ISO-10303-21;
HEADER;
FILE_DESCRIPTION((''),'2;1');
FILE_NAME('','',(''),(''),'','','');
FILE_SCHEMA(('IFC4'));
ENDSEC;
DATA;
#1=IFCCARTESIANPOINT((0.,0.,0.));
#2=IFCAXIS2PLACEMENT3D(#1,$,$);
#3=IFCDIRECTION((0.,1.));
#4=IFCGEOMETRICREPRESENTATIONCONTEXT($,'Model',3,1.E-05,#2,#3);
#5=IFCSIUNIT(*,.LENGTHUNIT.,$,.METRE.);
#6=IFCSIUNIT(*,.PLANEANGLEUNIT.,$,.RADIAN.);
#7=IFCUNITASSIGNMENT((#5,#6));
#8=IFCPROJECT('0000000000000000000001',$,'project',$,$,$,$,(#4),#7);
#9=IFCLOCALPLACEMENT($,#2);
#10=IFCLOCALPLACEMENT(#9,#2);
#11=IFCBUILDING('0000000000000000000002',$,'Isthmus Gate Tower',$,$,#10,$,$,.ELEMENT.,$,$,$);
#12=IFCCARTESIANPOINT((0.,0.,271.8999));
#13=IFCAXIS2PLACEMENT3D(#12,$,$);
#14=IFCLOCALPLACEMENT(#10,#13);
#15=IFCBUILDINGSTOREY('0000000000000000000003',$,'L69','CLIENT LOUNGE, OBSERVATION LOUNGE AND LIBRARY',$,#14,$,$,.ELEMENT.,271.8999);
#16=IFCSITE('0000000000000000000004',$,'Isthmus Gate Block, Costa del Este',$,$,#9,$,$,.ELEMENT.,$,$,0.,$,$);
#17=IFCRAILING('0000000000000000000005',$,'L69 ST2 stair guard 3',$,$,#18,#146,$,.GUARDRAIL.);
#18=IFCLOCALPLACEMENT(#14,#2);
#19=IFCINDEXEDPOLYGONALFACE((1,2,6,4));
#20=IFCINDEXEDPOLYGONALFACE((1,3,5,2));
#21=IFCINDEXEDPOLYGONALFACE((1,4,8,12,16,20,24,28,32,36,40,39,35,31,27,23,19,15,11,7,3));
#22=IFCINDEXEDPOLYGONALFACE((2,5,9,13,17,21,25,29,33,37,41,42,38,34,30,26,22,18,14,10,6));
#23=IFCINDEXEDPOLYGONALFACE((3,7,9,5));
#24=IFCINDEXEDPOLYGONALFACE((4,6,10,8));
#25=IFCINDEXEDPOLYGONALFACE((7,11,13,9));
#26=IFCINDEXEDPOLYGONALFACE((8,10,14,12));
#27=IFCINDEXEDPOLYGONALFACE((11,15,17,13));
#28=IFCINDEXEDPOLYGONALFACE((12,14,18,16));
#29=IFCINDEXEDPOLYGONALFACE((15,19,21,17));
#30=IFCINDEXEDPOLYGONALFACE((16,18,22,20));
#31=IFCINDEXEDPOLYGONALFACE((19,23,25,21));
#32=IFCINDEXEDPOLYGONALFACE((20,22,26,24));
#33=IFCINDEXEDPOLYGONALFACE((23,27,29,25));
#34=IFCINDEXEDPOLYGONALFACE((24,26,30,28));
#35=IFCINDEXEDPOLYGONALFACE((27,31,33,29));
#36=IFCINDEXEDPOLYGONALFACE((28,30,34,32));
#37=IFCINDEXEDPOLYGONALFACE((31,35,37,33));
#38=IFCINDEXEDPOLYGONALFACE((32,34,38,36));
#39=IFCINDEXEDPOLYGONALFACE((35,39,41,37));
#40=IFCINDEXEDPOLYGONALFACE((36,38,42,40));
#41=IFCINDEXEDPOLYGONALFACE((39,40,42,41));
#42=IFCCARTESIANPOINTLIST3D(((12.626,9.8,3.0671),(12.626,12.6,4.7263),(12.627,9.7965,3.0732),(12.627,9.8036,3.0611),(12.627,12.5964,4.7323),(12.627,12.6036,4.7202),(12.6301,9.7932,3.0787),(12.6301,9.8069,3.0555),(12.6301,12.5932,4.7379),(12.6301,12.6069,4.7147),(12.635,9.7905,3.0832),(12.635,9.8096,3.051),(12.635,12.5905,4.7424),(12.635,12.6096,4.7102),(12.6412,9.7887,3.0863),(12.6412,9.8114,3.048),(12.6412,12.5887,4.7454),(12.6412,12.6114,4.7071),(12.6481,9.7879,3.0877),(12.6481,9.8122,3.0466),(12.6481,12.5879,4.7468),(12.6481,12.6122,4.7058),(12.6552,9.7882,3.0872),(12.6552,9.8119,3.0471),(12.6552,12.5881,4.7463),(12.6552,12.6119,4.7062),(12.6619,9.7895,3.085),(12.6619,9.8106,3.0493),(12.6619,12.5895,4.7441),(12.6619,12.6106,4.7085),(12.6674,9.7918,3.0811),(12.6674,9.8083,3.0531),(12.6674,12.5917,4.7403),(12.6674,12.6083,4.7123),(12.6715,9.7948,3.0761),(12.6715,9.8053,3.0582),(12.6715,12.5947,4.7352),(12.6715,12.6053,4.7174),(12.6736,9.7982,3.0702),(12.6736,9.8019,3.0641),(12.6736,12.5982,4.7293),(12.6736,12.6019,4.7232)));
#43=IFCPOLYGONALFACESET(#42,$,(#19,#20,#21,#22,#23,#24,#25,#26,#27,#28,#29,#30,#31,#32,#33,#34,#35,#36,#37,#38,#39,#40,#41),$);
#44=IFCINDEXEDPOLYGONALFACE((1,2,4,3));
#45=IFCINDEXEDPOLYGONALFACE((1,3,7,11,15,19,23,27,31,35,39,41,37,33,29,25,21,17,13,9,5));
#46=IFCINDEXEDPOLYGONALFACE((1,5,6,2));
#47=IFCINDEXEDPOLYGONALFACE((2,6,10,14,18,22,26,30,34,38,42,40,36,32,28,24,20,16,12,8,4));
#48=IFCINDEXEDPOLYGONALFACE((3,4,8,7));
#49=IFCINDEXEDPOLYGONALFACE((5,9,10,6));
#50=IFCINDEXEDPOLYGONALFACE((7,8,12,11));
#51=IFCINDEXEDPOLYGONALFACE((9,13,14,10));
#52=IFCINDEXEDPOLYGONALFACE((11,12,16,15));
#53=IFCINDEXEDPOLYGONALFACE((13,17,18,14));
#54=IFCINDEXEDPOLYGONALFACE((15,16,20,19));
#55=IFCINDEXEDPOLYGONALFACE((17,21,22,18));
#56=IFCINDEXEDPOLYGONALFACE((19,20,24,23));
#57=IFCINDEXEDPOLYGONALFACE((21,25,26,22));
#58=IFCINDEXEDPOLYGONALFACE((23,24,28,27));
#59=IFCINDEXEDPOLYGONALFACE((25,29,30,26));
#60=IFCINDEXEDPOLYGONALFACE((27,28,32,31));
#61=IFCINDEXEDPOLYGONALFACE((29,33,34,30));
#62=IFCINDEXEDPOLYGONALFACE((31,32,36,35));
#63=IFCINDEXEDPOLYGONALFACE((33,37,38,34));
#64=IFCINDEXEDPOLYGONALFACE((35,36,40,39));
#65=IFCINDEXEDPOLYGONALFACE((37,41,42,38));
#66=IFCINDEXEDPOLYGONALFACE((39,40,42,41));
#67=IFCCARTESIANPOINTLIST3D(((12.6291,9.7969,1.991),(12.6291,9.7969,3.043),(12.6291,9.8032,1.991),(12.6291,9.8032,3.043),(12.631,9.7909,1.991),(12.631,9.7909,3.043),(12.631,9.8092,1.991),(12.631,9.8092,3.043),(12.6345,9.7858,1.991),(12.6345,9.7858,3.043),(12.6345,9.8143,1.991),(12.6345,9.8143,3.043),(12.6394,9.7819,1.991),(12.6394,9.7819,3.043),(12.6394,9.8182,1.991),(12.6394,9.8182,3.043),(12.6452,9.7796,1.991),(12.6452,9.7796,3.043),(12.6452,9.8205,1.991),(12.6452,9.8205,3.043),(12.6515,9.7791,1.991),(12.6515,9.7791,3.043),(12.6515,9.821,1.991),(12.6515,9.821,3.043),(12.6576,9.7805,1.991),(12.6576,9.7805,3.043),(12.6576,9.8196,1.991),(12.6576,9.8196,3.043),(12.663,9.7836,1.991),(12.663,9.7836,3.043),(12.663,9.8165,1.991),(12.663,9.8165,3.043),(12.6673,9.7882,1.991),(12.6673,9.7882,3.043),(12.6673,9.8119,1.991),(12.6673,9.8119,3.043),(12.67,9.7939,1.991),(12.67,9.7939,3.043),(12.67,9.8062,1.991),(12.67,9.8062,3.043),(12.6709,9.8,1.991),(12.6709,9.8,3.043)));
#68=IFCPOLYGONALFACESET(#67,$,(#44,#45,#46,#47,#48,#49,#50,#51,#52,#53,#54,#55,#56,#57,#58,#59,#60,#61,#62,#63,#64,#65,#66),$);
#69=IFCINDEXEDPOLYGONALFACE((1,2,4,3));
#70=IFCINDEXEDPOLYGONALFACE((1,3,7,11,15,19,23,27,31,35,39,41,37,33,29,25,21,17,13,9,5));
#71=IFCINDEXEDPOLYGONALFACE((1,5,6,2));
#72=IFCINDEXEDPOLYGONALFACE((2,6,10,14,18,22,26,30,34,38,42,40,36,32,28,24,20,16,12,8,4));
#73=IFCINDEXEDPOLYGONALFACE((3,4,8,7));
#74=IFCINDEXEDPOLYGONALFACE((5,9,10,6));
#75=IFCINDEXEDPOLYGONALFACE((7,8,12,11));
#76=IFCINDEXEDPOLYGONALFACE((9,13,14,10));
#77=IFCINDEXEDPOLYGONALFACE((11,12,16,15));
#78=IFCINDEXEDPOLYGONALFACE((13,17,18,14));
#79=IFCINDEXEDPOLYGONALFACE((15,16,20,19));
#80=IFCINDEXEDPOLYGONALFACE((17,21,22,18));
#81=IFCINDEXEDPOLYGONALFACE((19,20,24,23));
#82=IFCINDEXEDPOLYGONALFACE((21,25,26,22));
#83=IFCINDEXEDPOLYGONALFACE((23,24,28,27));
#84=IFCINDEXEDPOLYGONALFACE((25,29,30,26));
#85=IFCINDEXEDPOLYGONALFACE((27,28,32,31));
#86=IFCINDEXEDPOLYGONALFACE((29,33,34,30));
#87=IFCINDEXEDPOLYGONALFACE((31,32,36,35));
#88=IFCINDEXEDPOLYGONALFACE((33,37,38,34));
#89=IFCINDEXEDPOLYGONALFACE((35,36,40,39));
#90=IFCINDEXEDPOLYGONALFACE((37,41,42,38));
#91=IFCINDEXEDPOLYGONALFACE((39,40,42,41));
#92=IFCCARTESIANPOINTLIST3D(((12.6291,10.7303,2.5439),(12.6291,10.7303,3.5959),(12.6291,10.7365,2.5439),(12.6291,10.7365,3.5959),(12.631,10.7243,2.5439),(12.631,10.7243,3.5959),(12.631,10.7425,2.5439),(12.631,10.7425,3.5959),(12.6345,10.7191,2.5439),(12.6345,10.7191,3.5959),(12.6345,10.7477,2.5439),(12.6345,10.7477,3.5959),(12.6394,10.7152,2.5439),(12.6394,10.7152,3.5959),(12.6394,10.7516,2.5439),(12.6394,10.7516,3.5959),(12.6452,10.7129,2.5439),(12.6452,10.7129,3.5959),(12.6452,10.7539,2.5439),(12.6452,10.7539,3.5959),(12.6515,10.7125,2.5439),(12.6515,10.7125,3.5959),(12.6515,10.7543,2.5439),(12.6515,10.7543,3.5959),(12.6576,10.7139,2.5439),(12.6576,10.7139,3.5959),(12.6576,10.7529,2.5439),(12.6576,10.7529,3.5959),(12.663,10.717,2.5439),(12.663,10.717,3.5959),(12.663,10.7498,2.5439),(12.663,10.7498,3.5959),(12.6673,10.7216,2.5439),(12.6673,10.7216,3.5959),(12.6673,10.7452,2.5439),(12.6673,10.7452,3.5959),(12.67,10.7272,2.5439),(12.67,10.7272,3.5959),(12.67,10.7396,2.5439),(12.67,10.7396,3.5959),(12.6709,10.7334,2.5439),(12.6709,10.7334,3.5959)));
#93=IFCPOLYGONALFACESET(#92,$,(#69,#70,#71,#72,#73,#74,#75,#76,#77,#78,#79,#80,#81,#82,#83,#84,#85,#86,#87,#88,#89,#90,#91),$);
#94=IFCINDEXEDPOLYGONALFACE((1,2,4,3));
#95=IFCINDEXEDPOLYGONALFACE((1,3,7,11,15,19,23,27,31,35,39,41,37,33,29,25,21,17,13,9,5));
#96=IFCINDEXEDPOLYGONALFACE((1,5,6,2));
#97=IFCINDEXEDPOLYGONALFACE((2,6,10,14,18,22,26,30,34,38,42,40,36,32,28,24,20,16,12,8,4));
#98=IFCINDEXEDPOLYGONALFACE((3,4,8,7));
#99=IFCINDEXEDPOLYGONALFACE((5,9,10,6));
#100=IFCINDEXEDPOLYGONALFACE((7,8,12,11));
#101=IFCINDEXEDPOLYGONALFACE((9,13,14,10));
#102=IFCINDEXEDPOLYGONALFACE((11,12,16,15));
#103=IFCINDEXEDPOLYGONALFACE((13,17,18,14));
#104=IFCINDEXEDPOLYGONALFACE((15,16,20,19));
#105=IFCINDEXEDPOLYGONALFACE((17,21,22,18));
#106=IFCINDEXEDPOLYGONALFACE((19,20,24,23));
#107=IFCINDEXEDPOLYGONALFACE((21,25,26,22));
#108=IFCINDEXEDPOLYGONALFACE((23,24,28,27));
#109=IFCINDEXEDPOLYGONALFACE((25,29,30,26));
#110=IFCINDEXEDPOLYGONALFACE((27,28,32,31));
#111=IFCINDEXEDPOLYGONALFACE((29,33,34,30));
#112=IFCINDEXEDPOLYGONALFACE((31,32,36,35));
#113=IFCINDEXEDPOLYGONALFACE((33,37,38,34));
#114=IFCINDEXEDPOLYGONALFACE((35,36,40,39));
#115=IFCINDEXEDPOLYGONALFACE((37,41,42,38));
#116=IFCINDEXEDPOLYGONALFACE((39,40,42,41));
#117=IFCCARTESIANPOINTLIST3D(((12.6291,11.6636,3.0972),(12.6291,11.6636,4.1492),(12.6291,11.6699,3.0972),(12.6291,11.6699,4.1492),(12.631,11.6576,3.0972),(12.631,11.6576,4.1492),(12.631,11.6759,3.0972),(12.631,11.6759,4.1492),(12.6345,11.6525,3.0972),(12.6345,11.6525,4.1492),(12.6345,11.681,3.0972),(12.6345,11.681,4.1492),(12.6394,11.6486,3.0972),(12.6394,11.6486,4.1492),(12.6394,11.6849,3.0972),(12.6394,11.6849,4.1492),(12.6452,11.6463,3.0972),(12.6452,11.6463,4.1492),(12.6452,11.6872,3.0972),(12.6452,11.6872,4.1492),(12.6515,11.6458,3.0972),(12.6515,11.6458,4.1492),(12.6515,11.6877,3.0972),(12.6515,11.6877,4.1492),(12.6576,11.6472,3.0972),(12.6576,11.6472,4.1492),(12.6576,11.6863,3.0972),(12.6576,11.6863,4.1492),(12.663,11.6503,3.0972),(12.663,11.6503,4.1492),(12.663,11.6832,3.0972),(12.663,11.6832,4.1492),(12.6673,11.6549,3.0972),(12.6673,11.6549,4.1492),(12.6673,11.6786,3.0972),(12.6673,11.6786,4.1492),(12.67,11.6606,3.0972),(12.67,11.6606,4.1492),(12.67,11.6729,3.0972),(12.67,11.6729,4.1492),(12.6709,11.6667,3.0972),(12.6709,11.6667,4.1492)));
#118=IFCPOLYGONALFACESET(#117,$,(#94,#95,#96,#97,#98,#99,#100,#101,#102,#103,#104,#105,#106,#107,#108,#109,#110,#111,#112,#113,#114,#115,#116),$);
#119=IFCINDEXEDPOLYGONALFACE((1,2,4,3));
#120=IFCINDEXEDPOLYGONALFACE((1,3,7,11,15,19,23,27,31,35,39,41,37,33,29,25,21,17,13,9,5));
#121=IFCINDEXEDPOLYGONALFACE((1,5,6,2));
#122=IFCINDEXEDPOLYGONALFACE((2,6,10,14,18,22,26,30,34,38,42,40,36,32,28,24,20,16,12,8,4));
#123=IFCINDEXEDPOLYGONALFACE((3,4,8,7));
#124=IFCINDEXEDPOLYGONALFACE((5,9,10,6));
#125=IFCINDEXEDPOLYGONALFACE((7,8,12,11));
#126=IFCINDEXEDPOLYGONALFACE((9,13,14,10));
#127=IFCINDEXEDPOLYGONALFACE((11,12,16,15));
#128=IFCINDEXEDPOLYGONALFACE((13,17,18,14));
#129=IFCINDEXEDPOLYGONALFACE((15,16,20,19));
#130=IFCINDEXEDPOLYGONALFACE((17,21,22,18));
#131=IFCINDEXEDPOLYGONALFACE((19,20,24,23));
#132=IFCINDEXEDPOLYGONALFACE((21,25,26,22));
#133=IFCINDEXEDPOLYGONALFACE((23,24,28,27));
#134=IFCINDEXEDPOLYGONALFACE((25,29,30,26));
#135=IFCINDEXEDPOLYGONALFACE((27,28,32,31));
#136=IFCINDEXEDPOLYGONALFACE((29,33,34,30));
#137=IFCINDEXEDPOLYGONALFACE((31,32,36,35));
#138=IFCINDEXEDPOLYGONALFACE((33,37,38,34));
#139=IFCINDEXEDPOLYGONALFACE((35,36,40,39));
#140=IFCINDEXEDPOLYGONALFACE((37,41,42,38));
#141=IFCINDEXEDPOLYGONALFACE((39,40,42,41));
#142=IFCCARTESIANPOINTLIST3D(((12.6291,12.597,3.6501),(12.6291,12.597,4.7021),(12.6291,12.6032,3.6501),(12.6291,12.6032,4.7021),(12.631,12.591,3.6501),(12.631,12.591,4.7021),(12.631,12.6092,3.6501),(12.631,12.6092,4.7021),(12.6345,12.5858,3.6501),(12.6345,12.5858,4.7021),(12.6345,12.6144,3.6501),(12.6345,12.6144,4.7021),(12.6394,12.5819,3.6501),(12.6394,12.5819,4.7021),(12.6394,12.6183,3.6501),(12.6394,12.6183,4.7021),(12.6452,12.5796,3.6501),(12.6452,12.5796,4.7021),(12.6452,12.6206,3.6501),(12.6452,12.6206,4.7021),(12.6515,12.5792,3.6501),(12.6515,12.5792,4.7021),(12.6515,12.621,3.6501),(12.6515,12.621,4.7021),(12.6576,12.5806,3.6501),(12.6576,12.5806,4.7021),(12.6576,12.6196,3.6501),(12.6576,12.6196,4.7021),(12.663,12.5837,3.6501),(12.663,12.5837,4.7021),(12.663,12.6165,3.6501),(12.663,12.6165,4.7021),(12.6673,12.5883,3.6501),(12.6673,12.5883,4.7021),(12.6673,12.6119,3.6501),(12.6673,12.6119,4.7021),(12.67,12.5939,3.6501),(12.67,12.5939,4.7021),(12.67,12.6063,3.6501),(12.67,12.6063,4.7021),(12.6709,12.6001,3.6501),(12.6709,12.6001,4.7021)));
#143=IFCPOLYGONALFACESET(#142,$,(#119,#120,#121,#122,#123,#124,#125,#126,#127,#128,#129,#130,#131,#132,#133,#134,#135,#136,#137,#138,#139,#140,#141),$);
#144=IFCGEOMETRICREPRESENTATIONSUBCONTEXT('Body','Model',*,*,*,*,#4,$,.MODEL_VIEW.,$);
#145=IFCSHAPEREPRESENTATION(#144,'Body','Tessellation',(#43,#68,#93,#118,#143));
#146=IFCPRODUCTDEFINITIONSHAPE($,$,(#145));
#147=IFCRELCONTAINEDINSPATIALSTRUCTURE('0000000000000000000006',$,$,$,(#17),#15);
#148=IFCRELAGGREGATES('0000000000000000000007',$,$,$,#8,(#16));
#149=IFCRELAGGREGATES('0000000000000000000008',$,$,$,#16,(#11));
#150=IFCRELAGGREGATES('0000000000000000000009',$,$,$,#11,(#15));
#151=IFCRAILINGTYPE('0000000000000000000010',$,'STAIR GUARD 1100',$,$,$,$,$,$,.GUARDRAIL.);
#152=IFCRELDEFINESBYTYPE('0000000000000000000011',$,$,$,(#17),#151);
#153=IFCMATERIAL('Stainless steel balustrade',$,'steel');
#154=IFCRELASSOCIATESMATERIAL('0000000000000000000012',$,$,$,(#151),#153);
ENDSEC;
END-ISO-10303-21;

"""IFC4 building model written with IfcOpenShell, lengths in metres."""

from ifc_helpers import new_model, si_unit, direction, frame, origin, origin_2d, place, context, subcontext, project, spatial, circle, extrude, material, type_object, element, save


model = new_model("IFC4")

# Units and contexts
model_context = context("Model", 3, precision=1e-05, world=origin(), true_north=direction((0.0, 1.0)))
body_context = subcontext(model_context, "Body", "Model", "MODEL_VIEW")
ifc_project = project(units=[si_unit("LENGTHUNIT", "METRE"), si_unit("PLANEANGLEUNIT", "RADIAN")], contexts=[model_context])

# Site, building, storey
site_placement = place(None, origin())
site = spatial("IfcSite", under=ifc_project, at=site_placement, Name="Isthmus Gate Block, Costa del Este", CompositionType="ELEMENT", RefElevation=0.0)
building_placement = place(site_placement, origin())
building = spatial("IfcBuilding", under=site, at=building_placement, Name="Isthmus Gate Tower", CompositionType="ELEMENT")
storey_placement = place(building_placement, frame((0.0, 0.0, 271.8999)))
storey = spatial("IfcBuildingStorey", under=building, at=storey_placement, Name="L69", Description="CLIENT LOUNGE, OBSERVATION LOUNGE AND LIBRARY", CompositionType="ELEMENT", Elevation=271.8999)

# Railing
ifc_material_1 = material(Name="Stainless steel balustrade", Category="steel")
railing_type_1 = type_object("IfcRailingType", Name="STAIR GUARD 1100", PredefinedType="GUARDRAIL", material=ifc_material_1)
railing_1_placement = place(storey_placement, frame((12.6499, 9.8, 1.991)))
element("IfcRailing", 1, at=railing_1_placement, inside=storey, type_object=railing_type_1, Name="L69 ST2 stair guard 3", PredefinedType="GUARDRAIL", context=body_context, shape_type="SweptSolid", body=[
    extrude(circle(Radius=0.0239, at=origin_2d()), frame((0.0, 0.0, 1.0762), z_axis=(0.0, 0.860306, 0.509778), x_axis=(-1.0, 0.0, 0.0)), (0.0, 0.0, 1.0), 3.2546),
    extrude(circle(Radius=0.021, at=origin_2d()), origin(), (0.0, 0.0, 1.0), 1.052),
    extrude(circle(Radius=0.021, at=origin_2d()), frame((0.0, 0.9333, 0.553)), (0.0, 0.0, 1.0), 1.052),
    extrude(circle(Radius=0.021, at=origin_2d()), frame((0.0, 1.8667, 1.1062)), (0.0, 0.0, 1.0), 1.052),
    extrude(circle(Radius=0.021, at=origin_2d()), frame((0.0, 2.8, 1.6592)), (0.0, 0.0, 1.0), 1.052),
])

save(model, "model.ifc")
